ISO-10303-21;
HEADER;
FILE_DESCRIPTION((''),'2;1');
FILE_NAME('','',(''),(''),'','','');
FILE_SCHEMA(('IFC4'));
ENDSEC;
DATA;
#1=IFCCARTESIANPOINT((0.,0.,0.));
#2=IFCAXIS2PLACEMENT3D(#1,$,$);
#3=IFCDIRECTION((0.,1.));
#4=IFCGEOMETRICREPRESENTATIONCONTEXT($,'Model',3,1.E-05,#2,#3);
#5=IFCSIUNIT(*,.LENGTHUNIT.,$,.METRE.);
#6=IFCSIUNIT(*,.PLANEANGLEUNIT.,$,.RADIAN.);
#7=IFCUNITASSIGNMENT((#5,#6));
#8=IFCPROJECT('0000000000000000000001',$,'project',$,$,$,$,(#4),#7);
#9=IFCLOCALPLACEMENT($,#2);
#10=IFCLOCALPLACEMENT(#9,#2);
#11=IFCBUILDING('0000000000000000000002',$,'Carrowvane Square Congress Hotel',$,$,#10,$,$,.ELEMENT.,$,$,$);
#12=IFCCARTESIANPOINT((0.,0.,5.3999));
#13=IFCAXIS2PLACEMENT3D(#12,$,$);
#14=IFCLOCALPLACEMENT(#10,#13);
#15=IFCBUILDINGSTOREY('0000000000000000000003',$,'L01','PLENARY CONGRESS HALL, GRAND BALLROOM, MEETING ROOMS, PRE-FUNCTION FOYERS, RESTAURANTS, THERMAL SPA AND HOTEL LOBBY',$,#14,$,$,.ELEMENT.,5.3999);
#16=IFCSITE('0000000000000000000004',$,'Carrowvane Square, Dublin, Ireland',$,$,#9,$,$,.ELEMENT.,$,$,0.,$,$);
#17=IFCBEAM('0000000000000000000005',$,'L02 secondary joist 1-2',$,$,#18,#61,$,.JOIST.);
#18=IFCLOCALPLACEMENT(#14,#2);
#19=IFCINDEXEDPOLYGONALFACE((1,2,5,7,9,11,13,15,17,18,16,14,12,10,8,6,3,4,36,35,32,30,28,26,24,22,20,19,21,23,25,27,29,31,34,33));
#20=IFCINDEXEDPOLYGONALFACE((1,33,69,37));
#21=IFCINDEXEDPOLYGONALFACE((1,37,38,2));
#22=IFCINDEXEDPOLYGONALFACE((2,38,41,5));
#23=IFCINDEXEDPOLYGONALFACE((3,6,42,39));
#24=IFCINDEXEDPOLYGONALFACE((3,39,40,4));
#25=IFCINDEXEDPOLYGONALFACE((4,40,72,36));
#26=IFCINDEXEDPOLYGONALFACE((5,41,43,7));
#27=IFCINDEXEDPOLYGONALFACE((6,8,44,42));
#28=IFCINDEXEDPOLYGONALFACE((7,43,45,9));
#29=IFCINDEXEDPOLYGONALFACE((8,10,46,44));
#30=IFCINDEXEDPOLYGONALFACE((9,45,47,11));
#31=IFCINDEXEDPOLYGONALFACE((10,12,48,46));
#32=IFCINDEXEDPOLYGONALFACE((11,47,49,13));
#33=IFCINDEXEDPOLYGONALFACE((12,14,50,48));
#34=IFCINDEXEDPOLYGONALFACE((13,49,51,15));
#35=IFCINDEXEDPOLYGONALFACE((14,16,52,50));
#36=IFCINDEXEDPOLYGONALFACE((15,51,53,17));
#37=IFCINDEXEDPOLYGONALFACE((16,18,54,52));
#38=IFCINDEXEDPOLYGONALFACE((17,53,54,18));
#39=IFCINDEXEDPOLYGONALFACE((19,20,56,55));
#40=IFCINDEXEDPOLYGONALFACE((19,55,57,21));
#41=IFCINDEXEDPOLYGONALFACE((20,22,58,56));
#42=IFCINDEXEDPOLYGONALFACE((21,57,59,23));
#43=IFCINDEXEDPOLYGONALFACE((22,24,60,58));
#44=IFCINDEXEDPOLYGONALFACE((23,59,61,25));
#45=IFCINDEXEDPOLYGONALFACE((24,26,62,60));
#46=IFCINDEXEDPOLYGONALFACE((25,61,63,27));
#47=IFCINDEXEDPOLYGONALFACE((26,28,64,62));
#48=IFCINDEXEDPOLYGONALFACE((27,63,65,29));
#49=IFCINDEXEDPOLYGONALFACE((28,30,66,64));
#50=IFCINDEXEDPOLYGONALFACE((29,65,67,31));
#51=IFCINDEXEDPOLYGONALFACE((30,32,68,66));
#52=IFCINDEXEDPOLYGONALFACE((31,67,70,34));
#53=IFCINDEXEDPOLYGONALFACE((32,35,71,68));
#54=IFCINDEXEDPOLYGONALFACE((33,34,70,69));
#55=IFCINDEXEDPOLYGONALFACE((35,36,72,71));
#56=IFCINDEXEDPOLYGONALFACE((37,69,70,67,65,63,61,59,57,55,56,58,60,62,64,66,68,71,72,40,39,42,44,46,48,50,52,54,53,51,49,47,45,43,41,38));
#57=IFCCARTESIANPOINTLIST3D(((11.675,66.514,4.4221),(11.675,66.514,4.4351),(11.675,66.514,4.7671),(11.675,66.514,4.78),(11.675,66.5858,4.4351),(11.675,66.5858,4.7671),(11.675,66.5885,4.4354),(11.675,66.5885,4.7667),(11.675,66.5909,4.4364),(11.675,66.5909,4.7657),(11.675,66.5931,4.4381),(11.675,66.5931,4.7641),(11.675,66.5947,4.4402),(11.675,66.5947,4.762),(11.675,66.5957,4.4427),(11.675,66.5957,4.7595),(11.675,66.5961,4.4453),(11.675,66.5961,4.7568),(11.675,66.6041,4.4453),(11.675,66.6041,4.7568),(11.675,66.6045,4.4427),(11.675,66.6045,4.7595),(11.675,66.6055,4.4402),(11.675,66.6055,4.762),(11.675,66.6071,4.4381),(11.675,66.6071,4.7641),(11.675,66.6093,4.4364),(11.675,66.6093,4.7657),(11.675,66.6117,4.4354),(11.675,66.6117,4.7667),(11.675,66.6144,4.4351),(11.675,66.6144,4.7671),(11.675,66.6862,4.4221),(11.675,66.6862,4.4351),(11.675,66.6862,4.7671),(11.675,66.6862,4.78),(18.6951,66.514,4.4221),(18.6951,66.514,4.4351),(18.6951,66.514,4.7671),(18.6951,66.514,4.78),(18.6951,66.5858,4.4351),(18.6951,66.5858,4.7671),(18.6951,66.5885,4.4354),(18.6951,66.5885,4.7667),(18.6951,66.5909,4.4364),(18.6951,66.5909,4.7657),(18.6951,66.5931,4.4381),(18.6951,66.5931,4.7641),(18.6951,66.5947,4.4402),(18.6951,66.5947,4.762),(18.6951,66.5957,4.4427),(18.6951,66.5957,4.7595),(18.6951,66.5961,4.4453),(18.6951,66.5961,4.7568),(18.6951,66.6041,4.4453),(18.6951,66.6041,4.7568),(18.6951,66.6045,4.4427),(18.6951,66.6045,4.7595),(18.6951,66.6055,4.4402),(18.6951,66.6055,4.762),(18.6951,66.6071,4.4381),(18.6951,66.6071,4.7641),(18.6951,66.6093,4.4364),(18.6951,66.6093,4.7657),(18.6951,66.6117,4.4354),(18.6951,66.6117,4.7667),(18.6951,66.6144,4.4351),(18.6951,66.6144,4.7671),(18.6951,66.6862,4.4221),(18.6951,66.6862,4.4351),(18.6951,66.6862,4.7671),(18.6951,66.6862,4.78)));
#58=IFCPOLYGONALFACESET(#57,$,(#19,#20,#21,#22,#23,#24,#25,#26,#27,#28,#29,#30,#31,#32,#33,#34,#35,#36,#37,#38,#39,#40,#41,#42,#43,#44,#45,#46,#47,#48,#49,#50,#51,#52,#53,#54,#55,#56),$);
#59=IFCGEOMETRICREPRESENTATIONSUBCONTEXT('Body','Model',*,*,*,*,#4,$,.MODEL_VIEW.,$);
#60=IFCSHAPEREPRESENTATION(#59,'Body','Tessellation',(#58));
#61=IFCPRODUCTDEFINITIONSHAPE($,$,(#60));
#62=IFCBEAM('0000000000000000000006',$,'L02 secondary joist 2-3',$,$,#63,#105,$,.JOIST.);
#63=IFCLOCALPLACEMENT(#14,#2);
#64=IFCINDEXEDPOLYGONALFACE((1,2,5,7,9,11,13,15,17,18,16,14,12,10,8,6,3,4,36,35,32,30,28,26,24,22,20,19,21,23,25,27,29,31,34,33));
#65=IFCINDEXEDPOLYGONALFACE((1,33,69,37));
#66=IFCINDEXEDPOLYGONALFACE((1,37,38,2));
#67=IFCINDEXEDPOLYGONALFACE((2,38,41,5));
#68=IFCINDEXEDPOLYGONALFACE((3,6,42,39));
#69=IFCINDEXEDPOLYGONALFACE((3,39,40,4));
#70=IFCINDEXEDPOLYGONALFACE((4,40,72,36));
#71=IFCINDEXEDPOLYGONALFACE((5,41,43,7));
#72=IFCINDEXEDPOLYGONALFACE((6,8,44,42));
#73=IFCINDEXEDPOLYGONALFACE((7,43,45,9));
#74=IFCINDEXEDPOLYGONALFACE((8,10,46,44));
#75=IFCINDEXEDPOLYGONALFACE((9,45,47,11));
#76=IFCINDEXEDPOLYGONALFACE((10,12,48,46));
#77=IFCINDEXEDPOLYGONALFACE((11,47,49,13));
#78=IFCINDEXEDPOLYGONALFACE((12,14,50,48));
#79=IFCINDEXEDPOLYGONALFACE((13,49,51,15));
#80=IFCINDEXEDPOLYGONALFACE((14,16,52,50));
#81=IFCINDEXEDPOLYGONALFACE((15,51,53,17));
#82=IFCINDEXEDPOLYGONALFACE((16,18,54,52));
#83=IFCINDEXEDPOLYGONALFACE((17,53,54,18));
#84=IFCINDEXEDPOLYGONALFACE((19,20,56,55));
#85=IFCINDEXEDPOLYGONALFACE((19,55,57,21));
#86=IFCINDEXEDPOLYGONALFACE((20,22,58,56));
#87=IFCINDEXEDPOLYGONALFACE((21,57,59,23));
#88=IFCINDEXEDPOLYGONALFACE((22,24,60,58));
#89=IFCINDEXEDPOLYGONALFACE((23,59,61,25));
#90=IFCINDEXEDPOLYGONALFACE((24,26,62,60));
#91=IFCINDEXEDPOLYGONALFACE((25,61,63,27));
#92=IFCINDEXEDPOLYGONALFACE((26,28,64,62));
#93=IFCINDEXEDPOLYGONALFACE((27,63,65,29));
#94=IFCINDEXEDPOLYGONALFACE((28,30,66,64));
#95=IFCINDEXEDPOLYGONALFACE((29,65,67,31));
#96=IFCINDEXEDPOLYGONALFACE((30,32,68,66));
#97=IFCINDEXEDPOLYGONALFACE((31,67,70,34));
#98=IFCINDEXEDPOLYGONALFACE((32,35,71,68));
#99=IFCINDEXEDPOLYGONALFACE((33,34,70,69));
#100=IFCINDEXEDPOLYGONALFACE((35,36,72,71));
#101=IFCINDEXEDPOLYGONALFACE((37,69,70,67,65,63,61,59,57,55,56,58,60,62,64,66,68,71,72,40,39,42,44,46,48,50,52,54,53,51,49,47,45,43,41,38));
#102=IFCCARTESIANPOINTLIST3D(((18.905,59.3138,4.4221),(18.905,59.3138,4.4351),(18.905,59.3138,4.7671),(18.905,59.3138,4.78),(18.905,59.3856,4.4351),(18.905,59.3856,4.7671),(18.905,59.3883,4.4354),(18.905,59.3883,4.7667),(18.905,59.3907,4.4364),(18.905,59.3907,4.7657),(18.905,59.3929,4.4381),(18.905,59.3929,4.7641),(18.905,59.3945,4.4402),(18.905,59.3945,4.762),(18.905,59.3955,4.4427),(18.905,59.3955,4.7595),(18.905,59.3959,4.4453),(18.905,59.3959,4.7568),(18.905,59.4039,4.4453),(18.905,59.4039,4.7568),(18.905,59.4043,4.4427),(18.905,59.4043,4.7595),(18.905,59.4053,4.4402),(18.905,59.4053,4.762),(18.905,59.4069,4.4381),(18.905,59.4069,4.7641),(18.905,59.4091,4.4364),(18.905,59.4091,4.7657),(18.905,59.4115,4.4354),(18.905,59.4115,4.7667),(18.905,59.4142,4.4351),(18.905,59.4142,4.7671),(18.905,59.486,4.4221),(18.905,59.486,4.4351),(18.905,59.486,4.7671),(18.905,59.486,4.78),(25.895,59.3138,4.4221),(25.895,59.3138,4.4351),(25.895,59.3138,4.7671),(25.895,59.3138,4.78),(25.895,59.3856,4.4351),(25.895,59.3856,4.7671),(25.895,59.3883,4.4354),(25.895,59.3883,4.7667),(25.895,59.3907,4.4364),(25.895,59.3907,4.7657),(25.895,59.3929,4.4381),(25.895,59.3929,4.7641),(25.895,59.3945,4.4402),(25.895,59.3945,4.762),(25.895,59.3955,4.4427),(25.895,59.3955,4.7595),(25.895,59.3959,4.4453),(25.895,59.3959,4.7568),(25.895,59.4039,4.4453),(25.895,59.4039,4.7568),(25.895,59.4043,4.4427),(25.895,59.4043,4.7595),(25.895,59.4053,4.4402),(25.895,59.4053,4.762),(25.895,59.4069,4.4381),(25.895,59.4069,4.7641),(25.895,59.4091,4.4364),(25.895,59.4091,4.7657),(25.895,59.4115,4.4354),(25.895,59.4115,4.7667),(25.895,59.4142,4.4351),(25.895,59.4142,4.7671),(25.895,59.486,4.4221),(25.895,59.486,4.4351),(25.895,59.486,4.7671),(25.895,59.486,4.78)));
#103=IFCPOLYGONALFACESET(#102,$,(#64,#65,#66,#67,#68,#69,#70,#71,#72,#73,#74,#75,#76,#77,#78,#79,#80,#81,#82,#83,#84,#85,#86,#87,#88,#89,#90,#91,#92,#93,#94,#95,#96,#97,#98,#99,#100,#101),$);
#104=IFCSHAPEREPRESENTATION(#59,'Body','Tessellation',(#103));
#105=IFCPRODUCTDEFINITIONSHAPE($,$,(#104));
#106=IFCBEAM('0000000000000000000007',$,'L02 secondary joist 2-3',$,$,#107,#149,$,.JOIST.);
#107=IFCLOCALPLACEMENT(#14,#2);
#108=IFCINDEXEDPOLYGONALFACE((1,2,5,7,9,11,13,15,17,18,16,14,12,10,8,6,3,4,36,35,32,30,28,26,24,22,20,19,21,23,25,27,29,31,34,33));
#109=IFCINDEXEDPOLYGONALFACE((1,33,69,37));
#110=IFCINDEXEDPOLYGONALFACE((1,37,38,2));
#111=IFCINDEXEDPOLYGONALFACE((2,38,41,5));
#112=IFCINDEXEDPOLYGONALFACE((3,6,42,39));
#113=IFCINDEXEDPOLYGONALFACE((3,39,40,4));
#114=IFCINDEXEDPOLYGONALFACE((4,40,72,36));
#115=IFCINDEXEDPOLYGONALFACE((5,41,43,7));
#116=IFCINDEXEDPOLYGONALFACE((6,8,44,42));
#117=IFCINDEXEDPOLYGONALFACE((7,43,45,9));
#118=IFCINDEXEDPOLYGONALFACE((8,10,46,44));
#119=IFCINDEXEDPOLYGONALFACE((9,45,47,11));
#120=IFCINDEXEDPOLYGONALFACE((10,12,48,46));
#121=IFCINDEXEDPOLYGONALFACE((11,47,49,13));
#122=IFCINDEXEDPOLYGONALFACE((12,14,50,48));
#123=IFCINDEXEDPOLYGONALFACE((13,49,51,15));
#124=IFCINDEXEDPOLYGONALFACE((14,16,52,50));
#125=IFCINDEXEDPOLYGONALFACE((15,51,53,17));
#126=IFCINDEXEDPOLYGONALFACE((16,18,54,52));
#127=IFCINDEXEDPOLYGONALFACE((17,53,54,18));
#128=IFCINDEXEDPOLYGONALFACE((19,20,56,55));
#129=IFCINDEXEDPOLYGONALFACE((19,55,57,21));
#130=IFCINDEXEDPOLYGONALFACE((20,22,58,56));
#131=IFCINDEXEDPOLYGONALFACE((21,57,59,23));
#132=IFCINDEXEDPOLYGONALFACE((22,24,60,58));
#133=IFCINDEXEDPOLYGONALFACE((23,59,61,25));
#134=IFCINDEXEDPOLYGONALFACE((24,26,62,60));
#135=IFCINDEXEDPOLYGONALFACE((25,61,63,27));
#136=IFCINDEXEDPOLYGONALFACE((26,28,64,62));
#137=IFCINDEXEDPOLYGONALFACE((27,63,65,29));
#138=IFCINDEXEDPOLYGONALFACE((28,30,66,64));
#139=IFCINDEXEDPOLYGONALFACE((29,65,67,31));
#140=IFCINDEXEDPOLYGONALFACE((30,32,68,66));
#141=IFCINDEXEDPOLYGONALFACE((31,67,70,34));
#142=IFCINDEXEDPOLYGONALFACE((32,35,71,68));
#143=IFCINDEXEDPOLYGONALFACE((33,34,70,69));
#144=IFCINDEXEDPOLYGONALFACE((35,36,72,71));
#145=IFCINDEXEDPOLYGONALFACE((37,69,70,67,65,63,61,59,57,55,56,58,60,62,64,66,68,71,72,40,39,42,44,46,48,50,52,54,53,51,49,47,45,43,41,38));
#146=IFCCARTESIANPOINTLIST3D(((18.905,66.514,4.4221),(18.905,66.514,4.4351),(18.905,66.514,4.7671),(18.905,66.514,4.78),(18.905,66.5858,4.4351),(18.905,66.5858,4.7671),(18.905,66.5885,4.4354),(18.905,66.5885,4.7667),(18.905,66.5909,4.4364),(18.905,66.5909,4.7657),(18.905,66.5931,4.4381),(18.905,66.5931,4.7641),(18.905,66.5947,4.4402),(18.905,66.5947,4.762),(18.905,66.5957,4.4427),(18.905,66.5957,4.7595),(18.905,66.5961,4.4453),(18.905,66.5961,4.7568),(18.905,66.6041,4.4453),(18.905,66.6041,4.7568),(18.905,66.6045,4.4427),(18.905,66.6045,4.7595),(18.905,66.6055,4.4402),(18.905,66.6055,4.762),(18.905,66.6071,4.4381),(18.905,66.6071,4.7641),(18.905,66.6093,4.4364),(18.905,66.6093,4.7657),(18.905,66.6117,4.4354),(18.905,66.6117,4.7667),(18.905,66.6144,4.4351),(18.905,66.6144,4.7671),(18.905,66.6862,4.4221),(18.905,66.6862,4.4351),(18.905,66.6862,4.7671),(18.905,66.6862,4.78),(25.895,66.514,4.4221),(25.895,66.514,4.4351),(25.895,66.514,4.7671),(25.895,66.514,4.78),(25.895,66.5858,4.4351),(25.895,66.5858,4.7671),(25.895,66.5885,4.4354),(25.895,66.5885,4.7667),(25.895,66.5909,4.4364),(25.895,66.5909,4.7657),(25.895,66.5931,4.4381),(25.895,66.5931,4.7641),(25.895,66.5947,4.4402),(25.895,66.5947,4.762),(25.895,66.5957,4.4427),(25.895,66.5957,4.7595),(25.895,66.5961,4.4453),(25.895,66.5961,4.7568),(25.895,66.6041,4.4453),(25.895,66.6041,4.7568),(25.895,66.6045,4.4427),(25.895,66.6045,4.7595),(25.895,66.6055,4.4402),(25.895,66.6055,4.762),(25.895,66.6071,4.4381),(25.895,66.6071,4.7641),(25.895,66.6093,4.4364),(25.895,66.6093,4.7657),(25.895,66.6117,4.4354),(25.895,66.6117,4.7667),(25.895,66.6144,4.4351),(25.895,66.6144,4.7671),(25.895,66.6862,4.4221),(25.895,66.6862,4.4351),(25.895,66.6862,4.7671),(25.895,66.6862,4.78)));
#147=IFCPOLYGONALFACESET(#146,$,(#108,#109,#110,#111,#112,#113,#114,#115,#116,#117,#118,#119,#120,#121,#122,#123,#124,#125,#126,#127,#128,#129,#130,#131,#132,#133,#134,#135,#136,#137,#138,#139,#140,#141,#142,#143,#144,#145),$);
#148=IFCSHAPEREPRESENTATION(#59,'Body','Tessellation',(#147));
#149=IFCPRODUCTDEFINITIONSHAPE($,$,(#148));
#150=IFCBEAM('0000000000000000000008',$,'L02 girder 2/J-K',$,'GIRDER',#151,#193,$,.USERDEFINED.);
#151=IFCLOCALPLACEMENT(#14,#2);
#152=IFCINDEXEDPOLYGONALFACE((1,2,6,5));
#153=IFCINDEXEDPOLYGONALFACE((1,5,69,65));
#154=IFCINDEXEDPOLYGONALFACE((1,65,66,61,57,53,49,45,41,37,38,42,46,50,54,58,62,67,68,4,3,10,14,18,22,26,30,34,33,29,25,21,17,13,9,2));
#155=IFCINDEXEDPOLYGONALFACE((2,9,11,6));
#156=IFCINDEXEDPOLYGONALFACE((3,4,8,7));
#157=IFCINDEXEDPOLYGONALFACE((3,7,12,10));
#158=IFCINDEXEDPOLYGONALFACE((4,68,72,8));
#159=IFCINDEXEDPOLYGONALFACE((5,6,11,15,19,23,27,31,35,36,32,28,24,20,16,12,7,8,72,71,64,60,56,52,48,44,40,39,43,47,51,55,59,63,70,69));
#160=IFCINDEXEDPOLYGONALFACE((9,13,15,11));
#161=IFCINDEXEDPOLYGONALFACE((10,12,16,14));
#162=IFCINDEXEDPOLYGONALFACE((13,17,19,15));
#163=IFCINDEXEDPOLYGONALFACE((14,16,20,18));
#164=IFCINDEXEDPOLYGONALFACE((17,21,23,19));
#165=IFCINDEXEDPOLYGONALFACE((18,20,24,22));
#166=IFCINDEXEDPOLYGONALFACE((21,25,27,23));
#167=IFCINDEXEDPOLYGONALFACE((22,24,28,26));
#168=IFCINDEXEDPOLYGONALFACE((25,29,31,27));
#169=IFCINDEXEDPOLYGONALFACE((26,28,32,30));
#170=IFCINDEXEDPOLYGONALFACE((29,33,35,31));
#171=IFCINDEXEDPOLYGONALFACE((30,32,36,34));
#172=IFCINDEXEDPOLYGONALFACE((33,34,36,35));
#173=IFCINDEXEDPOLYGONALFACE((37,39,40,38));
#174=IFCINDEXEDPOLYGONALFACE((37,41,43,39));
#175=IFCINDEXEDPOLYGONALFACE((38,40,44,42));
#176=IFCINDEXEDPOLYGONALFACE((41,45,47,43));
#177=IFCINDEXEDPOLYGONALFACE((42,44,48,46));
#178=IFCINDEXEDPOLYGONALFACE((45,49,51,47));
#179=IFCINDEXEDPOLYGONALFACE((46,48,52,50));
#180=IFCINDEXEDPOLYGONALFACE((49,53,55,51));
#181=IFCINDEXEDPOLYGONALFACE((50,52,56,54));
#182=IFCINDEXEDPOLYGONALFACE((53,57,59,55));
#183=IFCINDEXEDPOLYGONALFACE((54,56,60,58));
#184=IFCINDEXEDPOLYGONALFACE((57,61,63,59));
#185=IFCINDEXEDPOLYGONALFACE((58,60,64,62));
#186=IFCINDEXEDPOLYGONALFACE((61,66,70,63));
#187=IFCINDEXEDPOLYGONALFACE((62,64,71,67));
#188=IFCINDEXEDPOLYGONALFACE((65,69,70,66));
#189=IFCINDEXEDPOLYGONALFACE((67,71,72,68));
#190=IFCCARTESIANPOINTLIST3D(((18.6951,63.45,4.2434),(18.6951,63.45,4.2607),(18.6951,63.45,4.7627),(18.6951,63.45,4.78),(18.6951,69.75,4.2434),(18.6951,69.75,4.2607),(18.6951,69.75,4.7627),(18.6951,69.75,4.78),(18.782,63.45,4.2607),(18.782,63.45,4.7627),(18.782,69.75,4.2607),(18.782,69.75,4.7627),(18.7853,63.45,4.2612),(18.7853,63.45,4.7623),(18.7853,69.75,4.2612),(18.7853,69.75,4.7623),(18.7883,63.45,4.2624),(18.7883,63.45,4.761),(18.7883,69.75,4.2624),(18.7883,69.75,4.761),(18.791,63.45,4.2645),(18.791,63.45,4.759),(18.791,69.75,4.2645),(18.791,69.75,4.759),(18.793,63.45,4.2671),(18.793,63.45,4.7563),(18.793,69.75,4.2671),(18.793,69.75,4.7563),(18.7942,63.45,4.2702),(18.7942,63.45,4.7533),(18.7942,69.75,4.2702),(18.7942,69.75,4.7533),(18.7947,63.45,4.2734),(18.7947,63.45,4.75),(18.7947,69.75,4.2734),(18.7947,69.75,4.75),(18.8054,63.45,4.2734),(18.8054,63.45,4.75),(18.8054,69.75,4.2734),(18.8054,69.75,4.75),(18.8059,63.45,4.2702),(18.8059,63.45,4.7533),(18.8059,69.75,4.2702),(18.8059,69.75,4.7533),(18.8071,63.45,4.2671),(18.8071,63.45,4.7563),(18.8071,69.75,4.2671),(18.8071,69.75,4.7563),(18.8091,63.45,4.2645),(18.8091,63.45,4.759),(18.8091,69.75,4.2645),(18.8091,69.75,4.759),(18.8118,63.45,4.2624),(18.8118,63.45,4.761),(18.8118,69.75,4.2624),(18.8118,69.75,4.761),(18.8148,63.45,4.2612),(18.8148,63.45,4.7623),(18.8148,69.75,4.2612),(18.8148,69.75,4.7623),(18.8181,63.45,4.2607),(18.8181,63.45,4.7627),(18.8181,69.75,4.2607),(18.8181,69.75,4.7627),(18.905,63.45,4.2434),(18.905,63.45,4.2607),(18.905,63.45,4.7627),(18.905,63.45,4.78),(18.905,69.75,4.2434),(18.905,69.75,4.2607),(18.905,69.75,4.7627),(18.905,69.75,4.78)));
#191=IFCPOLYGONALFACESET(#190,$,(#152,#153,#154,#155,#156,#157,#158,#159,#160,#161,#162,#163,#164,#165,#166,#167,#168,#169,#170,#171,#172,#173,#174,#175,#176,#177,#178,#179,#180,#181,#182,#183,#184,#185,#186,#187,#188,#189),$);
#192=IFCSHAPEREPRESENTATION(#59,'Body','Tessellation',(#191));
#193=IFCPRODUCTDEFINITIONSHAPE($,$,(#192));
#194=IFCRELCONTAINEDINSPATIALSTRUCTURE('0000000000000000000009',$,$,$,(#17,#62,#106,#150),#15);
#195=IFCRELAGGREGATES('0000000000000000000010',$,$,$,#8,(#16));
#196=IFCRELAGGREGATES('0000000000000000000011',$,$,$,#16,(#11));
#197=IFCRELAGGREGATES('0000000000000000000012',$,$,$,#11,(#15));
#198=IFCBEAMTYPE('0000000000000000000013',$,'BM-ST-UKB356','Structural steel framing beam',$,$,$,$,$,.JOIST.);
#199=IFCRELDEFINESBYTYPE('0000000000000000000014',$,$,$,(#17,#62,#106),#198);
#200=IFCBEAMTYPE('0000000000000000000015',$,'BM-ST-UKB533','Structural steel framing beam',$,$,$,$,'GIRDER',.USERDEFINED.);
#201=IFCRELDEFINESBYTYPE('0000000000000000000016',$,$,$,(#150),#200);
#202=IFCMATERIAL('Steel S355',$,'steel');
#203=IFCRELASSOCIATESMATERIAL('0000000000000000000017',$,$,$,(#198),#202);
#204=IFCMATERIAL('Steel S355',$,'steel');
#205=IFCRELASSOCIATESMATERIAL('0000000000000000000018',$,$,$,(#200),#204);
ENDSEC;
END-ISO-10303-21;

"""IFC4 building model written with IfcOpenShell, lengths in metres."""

from ifc_helpers import new_model, si_unit, direction, frame, origin, origin_2d, place, context, subcontext, project, spatial, i_section, extrude, material, material_profile, profile_set, type_object, element, save


model = new_model("IFC4")

# Units and contexts
model_context = context("Model", 3, precision=1e-05, world=origin(), true_north=direction((0.0, 1.0)))
body_context = subcontext(model_context, "Body", "Model", "MODEL_VIEW")
ifc_project = project(units=[si_unit("LENGTHUNIT", "METRE"), si_unit("PLANEANGLEUNIT", "RADIAN")], contexts=[model_context])

# Site, building, storey
site_placement = place(None, origin())
site = spatial("IfcSite", under=ifc_project, at=site_placement, Name="Carrowvane Square, Dublin, Ireland", CompositionType="ELEMENT", RefElevation=0.0)
building_placement = place(site_placement, origin())
building = spatial("IfcBuilding", under=site, at=building_placement, Name="Carrowvane Square Congress Hotel", CompositionType="ELEMENT")
storey_placement = place(building_placement, frame((0.0, 0.0, 5.3999)))
storey = spatial("IfcBuildingStorey", under=building, at=storey_placement, Name="L01", Description="PLENARY CONGRESS HALL, GRAND BALLROOM, MEETING ROOMS, PRE-FUNCTION FOYERS, RESTAURANTS, THERMAL SPA AND HOTEL LOBBY", CompositionType="ELEMENT", Elevation=5.3999)

# Beams
ifc_material_1 = material(Name="Steel S355", Category="steel")
ifc_material_profile_1 = material_profile(ifc_material_1, i_section(OverallWidth=0.1721, OverallDepth=0.3579, WebThickness=0.0081, FlangeThickness=0.0129, FilletRadius=0.0103, at=origin_2d()), Name="UKB 356x171x57")
ifc_profile_set_1 = profile_set([ifc_material_profile_1], Name="Steel S355")
beam_type_1 = type_object("IfcBeamType", Name="BM-ST-UKB356", Description="Structural steel framing beam", PredefinedType="JOIST", material=ifc_profile_set_1)
beam_1_placement = place(storey_placement, frame((11.675, 66.6001, 4.6011), z_axis=(1.0, 0.0, 0.0), x_axis=(0.0, 1.0, 0.0)))
element("IfcBeam", 1, at=beam_1_placement, inside=storey, type_object=beam_type_1, Name="L02 secondary joist 1-2", PredefinedType="JOIST", context=body_context, shape_type="SweptSolid", body=[
    extrude(i_section(OverallWidth=0.1721, OverallDepth=0.3579, WebThickness=0.0081, FlangeThickness=0.0129, FilletRadius=0.0103, at=origin_2d()), origin(), (0.0, 0.0, 1.0), 7.02),
])
for number, where, z_axis, x_axis, name in (
    (2, (18.905, 59.3999, 4.6011), (1.0, 0.0, 0.0), (0.0, 1.0, 0.0), "L02 secondary joist 2-3"),
    (3, (18.905, 66.6001, 4.6011), (1.0, 0.0, 0.0), (0.0, 1.0, 0.0), "L02 secondary joist 2-3"),
):
    element("IfcBeam", number, at=place(storey_placement, frame(where, z_axis=z_axis, x_axis=x_axis)), inside=storey, type_object=beam_type_1, Name=name, PredefinedType="JOIST", context=body_context, shape_type="SweptSolid", body=[
        extrude(i_section(OverallWidth=0.1721, OverallDepth=0.3579, WebThickness=0.0081, FlangeThickness=0.0129, FilletRadius=0.0103, at=origin_2d()), origin(), (0.0, 0.0, 1.0), 6.99),
    ])
ifc_material_2 = material(Name="Steel S355", Category="steel")
ifc_material_profile_2 = material_profile(ifc_material_2, i_section(OverallWidth=0.21, OverallDepth=0.5366, WebThickness=0.0107, FlangeThickness=0.0173, FilletRadius=0.0127, at=origin_2d()), Name="UKB 533x210x101")
ifc_profile_set_2 = profile_set([ifc_material_profile_2], Name="Steel S355")
beam_type_2 = type_object("IfcBeamType", Name="BM-ST-UKB533", Description="Structural steel framing beam", ElementType="GIRDER", PredefinedType="USERDEFINED", material=ifc_profile_set_2)
for number, where, z_axis, x_axis, name in (
    (4, (18.8, 63.45, 4.5117), (0.0, 1.0, 0.0), (-1.0, 0.0, 0.0), "L02 girder 2/J-K"),
):
    element("IfcBeam", number, at=place(storey_placement, frame(where, z_axis=z_axis, x_axis=x_axis)), inside=storey, type_object=beam_type_2, Name=name, ObjectType="GIRDER", PredefinedType="USERDEFINED", context=body_context, shape_type="SweptSolid", body=[
        extrude(i_section(OverallWidth=0.21, OverallDepth=0.5366, WebThickness=0.0107, FlangeThickness=0.0173, FilletRadius=0.0127, at=origin_2d()), origin(), (0.0, 0.0, 1.0), 6.3),
    ])

save(model, "model.ifc")
